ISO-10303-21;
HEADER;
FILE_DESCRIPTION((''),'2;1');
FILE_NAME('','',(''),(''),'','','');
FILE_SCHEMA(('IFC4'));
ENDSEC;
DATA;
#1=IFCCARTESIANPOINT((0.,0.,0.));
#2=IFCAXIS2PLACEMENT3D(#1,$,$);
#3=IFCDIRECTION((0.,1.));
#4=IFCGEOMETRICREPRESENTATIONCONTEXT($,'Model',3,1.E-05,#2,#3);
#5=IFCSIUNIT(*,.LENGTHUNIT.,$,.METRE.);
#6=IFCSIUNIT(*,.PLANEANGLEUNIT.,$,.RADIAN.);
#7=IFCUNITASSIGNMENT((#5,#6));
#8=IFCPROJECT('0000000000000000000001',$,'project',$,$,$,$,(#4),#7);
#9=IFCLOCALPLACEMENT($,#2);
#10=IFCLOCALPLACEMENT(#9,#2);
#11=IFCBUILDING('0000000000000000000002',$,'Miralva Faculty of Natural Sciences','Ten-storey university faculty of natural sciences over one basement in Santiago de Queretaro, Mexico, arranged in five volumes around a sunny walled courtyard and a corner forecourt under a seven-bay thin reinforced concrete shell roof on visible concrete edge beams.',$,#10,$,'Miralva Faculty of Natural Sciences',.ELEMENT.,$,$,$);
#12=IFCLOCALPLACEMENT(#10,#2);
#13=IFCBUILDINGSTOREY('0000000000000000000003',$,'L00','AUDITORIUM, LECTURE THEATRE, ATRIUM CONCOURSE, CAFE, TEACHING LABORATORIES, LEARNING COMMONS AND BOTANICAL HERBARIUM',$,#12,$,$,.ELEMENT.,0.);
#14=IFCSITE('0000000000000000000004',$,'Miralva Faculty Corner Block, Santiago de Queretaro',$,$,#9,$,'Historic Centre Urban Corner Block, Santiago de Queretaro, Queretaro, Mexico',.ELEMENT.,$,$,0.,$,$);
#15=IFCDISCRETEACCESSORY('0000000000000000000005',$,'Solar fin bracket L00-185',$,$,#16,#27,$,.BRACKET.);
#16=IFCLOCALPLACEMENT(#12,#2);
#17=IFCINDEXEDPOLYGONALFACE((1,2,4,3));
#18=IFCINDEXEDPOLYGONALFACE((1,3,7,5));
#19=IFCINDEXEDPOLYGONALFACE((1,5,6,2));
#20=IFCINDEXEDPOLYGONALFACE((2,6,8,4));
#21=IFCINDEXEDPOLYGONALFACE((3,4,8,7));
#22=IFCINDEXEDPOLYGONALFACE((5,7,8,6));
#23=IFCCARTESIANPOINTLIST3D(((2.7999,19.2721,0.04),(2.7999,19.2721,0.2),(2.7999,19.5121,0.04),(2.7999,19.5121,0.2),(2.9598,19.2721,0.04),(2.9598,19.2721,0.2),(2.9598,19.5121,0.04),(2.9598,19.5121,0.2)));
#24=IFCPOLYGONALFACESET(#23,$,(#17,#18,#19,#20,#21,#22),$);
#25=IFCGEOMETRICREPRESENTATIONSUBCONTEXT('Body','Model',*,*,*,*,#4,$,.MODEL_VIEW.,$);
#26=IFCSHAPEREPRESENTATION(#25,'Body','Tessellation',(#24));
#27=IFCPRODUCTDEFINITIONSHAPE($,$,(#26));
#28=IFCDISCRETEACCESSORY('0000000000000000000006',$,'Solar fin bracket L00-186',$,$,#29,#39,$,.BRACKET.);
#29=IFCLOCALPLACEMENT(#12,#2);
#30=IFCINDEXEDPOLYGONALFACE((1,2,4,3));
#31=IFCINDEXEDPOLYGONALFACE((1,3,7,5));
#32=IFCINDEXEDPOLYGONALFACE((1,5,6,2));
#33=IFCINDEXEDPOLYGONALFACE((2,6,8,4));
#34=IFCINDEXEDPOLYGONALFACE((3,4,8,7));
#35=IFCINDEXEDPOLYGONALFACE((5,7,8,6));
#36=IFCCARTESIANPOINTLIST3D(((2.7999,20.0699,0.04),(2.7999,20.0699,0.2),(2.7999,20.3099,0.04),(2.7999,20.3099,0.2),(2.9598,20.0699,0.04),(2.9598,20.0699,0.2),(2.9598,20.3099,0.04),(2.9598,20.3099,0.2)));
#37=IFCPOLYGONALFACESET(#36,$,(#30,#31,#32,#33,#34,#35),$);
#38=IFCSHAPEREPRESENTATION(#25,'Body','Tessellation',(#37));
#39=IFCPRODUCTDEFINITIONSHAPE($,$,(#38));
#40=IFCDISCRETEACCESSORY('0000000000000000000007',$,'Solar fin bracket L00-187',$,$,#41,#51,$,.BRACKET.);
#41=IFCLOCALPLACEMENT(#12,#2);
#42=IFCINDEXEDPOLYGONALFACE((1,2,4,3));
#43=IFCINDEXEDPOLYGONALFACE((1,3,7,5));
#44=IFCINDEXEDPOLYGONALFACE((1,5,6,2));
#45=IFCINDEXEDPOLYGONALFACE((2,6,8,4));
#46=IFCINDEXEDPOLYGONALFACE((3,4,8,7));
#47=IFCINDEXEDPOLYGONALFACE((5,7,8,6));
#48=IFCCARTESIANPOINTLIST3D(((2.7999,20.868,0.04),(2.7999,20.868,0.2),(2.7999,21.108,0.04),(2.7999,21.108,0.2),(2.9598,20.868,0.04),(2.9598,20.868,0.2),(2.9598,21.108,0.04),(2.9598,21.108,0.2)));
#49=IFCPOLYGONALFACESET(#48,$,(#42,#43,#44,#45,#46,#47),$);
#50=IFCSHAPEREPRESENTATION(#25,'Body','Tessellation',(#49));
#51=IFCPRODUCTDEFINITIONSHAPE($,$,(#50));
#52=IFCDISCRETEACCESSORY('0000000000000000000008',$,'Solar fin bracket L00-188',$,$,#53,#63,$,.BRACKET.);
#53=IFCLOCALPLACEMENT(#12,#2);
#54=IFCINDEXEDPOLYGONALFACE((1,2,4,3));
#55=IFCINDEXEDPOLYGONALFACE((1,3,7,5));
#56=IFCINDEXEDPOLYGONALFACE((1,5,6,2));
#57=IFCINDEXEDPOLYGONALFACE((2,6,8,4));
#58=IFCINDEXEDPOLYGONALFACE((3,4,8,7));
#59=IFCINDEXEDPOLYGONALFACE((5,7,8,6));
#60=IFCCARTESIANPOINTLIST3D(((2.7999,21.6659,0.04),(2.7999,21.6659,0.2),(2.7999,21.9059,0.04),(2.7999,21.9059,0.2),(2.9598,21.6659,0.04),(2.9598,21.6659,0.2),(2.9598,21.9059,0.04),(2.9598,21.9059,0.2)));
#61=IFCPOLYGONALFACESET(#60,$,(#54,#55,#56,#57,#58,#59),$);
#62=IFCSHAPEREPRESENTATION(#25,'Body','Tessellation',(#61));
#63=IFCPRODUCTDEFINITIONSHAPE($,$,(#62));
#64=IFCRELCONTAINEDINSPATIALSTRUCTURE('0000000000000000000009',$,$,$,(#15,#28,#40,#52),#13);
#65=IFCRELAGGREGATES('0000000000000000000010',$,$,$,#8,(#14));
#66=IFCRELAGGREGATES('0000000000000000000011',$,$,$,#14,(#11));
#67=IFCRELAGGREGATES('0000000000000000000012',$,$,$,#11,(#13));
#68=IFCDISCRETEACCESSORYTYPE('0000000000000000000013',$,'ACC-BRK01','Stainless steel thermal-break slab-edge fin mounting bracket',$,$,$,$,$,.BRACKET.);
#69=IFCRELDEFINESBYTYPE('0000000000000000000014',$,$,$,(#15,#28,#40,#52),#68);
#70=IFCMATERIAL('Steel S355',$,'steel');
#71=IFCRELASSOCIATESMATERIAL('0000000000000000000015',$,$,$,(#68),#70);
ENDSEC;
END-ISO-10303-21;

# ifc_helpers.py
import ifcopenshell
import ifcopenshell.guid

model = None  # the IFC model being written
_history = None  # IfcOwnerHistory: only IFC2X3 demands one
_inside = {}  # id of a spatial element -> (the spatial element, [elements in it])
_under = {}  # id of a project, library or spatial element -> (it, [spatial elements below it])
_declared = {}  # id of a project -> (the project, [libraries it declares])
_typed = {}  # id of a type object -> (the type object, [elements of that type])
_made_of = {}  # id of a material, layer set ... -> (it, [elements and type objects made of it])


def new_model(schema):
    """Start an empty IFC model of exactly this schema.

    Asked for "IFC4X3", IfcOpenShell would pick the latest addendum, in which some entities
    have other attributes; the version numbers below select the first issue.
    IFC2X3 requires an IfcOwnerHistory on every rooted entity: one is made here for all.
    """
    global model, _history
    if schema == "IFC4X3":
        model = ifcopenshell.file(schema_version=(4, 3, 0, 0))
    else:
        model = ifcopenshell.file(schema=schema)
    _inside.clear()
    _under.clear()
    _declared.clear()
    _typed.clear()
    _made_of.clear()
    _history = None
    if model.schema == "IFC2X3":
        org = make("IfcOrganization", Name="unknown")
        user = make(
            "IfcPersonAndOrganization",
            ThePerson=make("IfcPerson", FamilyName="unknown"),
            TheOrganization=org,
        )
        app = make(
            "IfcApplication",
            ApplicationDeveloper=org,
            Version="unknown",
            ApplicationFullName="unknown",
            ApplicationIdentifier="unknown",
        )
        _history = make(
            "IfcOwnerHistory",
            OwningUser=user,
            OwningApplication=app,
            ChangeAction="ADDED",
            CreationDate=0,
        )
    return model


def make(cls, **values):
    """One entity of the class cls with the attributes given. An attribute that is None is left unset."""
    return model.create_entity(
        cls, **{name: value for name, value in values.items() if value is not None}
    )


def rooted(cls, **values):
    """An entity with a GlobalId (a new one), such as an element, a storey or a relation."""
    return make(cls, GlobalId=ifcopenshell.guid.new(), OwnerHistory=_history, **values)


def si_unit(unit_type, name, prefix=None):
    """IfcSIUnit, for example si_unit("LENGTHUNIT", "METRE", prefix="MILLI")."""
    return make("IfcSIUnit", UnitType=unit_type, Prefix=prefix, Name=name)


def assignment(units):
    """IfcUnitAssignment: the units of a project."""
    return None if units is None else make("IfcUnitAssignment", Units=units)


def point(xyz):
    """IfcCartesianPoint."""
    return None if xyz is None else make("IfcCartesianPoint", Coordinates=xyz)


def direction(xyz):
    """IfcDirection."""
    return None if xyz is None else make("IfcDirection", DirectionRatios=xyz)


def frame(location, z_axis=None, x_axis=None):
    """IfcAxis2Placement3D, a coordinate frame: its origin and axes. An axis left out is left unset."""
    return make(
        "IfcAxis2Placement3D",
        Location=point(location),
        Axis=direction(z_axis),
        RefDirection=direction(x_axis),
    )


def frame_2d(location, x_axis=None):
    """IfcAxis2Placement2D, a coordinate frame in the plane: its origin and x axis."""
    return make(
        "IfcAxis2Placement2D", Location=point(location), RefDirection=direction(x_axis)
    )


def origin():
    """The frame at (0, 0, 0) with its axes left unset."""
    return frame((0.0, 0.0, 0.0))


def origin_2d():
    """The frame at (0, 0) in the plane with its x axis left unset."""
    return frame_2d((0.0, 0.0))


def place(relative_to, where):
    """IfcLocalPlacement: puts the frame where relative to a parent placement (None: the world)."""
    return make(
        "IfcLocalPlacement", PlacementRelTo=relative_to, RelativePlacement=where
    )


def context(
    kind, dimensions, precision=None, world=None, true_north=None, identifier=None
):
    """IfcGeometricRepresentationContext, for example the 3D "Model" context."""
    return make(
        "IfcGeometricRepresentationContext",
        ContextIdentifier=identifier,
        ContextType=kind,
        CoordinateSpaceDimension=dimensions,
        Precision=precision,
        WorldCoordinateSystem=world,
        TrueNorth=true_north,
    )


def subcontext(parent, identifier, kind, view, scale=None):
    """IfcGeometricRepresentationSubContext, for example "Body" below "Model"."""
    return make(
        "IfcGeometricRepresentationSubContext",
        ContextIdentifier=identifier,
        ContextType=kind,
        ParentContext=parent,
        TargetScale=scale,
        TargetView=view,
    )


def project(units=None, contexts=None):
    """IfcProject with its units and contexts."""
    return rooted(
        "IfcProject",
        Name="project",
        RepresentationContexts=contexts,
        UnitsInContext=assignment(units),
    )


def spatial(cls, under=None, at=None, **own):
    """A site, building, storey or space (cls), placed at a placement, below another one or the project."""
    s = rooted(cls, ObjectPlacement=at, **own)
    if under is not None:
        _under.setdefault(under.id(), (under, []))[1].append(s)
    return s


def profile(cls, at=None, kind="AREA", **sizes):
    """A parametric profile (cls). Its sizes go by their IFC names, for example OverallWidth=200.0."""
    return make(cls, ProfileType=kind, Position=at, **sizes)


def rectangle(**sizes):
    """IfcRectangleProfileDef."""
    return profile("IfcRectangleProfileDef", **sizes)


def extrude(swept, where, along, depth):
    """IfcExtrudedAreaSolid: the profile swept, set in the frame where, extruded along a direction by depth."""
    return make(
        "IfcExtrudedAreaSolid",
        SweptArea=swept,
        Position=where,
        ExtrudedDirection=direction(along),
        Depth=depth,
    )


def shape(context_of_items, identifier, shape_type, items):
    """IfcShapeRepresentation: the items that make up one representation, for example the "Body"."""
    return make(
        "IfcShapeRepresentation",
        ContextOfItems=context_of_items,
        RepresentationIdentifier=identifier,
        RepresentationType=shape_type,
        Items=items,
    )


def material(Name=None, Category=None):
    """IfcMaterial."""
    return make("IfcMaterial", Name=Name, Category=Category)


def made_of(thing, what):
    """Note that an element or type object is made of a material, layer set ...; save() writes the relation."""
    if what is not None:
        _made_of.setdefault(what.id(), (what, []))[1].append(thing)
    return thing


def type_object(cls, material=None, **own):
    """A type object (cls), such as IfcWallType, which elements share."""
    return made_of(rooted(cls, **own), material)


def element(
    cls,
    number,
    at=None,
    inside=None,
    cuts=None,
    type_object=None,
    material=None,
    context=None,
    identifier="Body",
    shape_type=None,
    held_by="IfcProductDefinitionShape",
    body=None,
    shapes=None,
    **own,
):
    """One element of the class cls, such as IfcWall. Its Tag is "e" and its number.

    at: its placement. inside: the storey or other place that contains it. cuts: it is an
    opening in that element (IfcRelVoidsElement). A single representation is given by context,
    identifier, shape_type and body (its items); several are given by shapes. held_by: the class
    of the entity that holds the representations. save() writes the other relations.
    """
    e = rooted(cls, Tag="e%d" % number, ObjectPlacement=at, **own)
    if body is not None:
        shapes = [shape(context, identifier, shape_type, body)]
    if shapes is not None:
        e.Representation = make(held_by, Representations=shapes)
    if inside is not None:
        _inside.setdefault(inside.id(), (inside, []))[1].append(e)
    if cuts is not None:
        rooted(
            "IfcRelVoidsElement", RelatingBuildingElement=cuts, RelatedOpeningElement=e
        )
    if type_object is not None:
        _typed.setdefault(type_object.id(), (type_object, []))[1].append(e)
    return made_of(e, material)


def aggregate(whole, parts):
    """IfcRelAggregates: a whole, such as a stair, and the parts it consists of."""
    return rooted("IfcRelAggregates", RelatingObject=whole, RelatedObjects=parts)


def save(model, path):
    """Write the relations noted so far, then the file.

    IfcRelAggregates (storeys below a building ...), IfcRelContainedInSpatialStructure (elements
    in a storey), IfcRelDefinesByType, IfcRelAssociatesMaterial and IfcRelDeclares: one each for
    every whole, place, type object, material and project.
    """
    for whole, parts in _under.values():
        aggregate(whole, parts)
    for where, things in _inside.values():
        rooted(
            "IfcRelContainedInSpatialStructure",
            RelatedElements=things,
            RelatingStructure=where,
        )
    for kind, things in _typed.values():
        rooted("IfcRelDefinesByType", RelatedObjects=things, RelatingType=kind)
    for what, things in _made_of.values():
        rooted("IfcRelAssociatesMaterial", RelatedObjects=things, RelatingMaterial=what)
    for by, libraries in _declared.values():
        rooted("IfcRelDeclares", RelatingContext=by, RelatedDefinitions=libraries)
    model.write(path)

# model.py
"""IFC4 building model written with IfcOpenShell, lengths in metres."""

from ifc_helpers import new_model, si_unit, direction, frame, origin, origin_2d, place, context, subcontext, project, spatial, rectangle, extrude, material, type_object, element, save


model = new_model("IFC4")

# Units and contexts
model_context = context("Model", 3, precision=1e-05, world=origin(), true_north=direction((0.0, 1.0)))
body_context = subcontext(model_context, "Body", "Model", "MODEL_VIEW")
ifc_project = project(units=[si_unit("LENGTHUNIT", "METRE"), si_unit("PLANEANGLEUNIT", "RADIAN")], contexts=[model_context])

# Site, building, storey
site_placement = place(None, origin())
site = spatial("IfcSite", under=ifc_project, at=site_placement, Name="Miralva Faculty Corner Block, Santiago de Queretaro", LongName="Historic Centre Urban Corner Block, Santiago de Queretaro, Queretaro, Mexico", CompositionType="ELEMENT", RefElevation=0.0)
building_placement = place(site_placement, origin())
building = spatial("IfcBuilding", under=site, at=building_placement, Name="Miralva Faculty of Natural Sciences", Description="Ten-storey university faculty of natural sciences over one basement in Santiago de Queretaro, Mexico, arranged in five volumes around a sunny walled courtyard and a corner forecourt under a seven-bay thin reinforced concrete shell roof on visible concrete edge beams.", LongName="Miralva Faculty of Natural Sciences", CompositionType="ELEMENT")
storey_placement = place(building_placement, origin())
storey = spatial("IfcBuildingStorey", under=building, at=storey_placement, Name="L00", Description="AUDITORIUM, LECTURE THEATRE, ATRIUM CONCOURSE, CAFE, TEACHING LABORATORIES, LEARNING COMMONS AND BOTANICAL HERBARIUM", CompositionType="ELEMENT", Elevation=0.0)

# Discrete accessories
ifc_material_1 = material(Name="Steel S355", Category="steel")
discrete_accessory_type = type_object("IfcDiscreteAccessoryType", Name="ACC-BRK01", Description="Stainless steel thermal-break slab-edge fin mounting bracket", PredefinedType="BRACKET", material=ifc_material_1)
for number, where, z_axis, x_axis, name in (
    (1, (2.8799, 19.3921, 0.04), (0.0, 0.0, 1.0), (-1.0, 0.0, 0.0), "Solar fin bracket L00-185"),
    (2, (2.8799, 20.1899, 0.04), (0.0, 0.0, 1.0), (-1.0, 0.0, 0.0), "Solar fin bracket L00-186"),
    (3, (2.8799, 20.988, 0.04), (0.0, 0.0, 1.0), (-1.0, 0.0, 0.0), "Solar fin bracket L00-187"),
    (4, (2.8799, 21.7859, 0.04), (0.0, 0.0, 1.0), (-1.0, 0.0, 0.0), "Solar fin bracket L00-188"),
):
    element("IfcDiscreteAccessory", number, at=place(storey_placement, frame(where, z_axis=z_axis, x_axis=x_axis)), inside=storey, type_object=discrete_accessory_type, Name=name, PredefinedType="BRACKET", context=body_context, shape_type="SweptSolid", body=[
        extrude(rectangle(XDim=0.1599, YDim=0.24, at=origin_2d()), origin(), (0.0, 0.0, 1.0), 0.1599),
    ])

save(model, "model.ifc")
